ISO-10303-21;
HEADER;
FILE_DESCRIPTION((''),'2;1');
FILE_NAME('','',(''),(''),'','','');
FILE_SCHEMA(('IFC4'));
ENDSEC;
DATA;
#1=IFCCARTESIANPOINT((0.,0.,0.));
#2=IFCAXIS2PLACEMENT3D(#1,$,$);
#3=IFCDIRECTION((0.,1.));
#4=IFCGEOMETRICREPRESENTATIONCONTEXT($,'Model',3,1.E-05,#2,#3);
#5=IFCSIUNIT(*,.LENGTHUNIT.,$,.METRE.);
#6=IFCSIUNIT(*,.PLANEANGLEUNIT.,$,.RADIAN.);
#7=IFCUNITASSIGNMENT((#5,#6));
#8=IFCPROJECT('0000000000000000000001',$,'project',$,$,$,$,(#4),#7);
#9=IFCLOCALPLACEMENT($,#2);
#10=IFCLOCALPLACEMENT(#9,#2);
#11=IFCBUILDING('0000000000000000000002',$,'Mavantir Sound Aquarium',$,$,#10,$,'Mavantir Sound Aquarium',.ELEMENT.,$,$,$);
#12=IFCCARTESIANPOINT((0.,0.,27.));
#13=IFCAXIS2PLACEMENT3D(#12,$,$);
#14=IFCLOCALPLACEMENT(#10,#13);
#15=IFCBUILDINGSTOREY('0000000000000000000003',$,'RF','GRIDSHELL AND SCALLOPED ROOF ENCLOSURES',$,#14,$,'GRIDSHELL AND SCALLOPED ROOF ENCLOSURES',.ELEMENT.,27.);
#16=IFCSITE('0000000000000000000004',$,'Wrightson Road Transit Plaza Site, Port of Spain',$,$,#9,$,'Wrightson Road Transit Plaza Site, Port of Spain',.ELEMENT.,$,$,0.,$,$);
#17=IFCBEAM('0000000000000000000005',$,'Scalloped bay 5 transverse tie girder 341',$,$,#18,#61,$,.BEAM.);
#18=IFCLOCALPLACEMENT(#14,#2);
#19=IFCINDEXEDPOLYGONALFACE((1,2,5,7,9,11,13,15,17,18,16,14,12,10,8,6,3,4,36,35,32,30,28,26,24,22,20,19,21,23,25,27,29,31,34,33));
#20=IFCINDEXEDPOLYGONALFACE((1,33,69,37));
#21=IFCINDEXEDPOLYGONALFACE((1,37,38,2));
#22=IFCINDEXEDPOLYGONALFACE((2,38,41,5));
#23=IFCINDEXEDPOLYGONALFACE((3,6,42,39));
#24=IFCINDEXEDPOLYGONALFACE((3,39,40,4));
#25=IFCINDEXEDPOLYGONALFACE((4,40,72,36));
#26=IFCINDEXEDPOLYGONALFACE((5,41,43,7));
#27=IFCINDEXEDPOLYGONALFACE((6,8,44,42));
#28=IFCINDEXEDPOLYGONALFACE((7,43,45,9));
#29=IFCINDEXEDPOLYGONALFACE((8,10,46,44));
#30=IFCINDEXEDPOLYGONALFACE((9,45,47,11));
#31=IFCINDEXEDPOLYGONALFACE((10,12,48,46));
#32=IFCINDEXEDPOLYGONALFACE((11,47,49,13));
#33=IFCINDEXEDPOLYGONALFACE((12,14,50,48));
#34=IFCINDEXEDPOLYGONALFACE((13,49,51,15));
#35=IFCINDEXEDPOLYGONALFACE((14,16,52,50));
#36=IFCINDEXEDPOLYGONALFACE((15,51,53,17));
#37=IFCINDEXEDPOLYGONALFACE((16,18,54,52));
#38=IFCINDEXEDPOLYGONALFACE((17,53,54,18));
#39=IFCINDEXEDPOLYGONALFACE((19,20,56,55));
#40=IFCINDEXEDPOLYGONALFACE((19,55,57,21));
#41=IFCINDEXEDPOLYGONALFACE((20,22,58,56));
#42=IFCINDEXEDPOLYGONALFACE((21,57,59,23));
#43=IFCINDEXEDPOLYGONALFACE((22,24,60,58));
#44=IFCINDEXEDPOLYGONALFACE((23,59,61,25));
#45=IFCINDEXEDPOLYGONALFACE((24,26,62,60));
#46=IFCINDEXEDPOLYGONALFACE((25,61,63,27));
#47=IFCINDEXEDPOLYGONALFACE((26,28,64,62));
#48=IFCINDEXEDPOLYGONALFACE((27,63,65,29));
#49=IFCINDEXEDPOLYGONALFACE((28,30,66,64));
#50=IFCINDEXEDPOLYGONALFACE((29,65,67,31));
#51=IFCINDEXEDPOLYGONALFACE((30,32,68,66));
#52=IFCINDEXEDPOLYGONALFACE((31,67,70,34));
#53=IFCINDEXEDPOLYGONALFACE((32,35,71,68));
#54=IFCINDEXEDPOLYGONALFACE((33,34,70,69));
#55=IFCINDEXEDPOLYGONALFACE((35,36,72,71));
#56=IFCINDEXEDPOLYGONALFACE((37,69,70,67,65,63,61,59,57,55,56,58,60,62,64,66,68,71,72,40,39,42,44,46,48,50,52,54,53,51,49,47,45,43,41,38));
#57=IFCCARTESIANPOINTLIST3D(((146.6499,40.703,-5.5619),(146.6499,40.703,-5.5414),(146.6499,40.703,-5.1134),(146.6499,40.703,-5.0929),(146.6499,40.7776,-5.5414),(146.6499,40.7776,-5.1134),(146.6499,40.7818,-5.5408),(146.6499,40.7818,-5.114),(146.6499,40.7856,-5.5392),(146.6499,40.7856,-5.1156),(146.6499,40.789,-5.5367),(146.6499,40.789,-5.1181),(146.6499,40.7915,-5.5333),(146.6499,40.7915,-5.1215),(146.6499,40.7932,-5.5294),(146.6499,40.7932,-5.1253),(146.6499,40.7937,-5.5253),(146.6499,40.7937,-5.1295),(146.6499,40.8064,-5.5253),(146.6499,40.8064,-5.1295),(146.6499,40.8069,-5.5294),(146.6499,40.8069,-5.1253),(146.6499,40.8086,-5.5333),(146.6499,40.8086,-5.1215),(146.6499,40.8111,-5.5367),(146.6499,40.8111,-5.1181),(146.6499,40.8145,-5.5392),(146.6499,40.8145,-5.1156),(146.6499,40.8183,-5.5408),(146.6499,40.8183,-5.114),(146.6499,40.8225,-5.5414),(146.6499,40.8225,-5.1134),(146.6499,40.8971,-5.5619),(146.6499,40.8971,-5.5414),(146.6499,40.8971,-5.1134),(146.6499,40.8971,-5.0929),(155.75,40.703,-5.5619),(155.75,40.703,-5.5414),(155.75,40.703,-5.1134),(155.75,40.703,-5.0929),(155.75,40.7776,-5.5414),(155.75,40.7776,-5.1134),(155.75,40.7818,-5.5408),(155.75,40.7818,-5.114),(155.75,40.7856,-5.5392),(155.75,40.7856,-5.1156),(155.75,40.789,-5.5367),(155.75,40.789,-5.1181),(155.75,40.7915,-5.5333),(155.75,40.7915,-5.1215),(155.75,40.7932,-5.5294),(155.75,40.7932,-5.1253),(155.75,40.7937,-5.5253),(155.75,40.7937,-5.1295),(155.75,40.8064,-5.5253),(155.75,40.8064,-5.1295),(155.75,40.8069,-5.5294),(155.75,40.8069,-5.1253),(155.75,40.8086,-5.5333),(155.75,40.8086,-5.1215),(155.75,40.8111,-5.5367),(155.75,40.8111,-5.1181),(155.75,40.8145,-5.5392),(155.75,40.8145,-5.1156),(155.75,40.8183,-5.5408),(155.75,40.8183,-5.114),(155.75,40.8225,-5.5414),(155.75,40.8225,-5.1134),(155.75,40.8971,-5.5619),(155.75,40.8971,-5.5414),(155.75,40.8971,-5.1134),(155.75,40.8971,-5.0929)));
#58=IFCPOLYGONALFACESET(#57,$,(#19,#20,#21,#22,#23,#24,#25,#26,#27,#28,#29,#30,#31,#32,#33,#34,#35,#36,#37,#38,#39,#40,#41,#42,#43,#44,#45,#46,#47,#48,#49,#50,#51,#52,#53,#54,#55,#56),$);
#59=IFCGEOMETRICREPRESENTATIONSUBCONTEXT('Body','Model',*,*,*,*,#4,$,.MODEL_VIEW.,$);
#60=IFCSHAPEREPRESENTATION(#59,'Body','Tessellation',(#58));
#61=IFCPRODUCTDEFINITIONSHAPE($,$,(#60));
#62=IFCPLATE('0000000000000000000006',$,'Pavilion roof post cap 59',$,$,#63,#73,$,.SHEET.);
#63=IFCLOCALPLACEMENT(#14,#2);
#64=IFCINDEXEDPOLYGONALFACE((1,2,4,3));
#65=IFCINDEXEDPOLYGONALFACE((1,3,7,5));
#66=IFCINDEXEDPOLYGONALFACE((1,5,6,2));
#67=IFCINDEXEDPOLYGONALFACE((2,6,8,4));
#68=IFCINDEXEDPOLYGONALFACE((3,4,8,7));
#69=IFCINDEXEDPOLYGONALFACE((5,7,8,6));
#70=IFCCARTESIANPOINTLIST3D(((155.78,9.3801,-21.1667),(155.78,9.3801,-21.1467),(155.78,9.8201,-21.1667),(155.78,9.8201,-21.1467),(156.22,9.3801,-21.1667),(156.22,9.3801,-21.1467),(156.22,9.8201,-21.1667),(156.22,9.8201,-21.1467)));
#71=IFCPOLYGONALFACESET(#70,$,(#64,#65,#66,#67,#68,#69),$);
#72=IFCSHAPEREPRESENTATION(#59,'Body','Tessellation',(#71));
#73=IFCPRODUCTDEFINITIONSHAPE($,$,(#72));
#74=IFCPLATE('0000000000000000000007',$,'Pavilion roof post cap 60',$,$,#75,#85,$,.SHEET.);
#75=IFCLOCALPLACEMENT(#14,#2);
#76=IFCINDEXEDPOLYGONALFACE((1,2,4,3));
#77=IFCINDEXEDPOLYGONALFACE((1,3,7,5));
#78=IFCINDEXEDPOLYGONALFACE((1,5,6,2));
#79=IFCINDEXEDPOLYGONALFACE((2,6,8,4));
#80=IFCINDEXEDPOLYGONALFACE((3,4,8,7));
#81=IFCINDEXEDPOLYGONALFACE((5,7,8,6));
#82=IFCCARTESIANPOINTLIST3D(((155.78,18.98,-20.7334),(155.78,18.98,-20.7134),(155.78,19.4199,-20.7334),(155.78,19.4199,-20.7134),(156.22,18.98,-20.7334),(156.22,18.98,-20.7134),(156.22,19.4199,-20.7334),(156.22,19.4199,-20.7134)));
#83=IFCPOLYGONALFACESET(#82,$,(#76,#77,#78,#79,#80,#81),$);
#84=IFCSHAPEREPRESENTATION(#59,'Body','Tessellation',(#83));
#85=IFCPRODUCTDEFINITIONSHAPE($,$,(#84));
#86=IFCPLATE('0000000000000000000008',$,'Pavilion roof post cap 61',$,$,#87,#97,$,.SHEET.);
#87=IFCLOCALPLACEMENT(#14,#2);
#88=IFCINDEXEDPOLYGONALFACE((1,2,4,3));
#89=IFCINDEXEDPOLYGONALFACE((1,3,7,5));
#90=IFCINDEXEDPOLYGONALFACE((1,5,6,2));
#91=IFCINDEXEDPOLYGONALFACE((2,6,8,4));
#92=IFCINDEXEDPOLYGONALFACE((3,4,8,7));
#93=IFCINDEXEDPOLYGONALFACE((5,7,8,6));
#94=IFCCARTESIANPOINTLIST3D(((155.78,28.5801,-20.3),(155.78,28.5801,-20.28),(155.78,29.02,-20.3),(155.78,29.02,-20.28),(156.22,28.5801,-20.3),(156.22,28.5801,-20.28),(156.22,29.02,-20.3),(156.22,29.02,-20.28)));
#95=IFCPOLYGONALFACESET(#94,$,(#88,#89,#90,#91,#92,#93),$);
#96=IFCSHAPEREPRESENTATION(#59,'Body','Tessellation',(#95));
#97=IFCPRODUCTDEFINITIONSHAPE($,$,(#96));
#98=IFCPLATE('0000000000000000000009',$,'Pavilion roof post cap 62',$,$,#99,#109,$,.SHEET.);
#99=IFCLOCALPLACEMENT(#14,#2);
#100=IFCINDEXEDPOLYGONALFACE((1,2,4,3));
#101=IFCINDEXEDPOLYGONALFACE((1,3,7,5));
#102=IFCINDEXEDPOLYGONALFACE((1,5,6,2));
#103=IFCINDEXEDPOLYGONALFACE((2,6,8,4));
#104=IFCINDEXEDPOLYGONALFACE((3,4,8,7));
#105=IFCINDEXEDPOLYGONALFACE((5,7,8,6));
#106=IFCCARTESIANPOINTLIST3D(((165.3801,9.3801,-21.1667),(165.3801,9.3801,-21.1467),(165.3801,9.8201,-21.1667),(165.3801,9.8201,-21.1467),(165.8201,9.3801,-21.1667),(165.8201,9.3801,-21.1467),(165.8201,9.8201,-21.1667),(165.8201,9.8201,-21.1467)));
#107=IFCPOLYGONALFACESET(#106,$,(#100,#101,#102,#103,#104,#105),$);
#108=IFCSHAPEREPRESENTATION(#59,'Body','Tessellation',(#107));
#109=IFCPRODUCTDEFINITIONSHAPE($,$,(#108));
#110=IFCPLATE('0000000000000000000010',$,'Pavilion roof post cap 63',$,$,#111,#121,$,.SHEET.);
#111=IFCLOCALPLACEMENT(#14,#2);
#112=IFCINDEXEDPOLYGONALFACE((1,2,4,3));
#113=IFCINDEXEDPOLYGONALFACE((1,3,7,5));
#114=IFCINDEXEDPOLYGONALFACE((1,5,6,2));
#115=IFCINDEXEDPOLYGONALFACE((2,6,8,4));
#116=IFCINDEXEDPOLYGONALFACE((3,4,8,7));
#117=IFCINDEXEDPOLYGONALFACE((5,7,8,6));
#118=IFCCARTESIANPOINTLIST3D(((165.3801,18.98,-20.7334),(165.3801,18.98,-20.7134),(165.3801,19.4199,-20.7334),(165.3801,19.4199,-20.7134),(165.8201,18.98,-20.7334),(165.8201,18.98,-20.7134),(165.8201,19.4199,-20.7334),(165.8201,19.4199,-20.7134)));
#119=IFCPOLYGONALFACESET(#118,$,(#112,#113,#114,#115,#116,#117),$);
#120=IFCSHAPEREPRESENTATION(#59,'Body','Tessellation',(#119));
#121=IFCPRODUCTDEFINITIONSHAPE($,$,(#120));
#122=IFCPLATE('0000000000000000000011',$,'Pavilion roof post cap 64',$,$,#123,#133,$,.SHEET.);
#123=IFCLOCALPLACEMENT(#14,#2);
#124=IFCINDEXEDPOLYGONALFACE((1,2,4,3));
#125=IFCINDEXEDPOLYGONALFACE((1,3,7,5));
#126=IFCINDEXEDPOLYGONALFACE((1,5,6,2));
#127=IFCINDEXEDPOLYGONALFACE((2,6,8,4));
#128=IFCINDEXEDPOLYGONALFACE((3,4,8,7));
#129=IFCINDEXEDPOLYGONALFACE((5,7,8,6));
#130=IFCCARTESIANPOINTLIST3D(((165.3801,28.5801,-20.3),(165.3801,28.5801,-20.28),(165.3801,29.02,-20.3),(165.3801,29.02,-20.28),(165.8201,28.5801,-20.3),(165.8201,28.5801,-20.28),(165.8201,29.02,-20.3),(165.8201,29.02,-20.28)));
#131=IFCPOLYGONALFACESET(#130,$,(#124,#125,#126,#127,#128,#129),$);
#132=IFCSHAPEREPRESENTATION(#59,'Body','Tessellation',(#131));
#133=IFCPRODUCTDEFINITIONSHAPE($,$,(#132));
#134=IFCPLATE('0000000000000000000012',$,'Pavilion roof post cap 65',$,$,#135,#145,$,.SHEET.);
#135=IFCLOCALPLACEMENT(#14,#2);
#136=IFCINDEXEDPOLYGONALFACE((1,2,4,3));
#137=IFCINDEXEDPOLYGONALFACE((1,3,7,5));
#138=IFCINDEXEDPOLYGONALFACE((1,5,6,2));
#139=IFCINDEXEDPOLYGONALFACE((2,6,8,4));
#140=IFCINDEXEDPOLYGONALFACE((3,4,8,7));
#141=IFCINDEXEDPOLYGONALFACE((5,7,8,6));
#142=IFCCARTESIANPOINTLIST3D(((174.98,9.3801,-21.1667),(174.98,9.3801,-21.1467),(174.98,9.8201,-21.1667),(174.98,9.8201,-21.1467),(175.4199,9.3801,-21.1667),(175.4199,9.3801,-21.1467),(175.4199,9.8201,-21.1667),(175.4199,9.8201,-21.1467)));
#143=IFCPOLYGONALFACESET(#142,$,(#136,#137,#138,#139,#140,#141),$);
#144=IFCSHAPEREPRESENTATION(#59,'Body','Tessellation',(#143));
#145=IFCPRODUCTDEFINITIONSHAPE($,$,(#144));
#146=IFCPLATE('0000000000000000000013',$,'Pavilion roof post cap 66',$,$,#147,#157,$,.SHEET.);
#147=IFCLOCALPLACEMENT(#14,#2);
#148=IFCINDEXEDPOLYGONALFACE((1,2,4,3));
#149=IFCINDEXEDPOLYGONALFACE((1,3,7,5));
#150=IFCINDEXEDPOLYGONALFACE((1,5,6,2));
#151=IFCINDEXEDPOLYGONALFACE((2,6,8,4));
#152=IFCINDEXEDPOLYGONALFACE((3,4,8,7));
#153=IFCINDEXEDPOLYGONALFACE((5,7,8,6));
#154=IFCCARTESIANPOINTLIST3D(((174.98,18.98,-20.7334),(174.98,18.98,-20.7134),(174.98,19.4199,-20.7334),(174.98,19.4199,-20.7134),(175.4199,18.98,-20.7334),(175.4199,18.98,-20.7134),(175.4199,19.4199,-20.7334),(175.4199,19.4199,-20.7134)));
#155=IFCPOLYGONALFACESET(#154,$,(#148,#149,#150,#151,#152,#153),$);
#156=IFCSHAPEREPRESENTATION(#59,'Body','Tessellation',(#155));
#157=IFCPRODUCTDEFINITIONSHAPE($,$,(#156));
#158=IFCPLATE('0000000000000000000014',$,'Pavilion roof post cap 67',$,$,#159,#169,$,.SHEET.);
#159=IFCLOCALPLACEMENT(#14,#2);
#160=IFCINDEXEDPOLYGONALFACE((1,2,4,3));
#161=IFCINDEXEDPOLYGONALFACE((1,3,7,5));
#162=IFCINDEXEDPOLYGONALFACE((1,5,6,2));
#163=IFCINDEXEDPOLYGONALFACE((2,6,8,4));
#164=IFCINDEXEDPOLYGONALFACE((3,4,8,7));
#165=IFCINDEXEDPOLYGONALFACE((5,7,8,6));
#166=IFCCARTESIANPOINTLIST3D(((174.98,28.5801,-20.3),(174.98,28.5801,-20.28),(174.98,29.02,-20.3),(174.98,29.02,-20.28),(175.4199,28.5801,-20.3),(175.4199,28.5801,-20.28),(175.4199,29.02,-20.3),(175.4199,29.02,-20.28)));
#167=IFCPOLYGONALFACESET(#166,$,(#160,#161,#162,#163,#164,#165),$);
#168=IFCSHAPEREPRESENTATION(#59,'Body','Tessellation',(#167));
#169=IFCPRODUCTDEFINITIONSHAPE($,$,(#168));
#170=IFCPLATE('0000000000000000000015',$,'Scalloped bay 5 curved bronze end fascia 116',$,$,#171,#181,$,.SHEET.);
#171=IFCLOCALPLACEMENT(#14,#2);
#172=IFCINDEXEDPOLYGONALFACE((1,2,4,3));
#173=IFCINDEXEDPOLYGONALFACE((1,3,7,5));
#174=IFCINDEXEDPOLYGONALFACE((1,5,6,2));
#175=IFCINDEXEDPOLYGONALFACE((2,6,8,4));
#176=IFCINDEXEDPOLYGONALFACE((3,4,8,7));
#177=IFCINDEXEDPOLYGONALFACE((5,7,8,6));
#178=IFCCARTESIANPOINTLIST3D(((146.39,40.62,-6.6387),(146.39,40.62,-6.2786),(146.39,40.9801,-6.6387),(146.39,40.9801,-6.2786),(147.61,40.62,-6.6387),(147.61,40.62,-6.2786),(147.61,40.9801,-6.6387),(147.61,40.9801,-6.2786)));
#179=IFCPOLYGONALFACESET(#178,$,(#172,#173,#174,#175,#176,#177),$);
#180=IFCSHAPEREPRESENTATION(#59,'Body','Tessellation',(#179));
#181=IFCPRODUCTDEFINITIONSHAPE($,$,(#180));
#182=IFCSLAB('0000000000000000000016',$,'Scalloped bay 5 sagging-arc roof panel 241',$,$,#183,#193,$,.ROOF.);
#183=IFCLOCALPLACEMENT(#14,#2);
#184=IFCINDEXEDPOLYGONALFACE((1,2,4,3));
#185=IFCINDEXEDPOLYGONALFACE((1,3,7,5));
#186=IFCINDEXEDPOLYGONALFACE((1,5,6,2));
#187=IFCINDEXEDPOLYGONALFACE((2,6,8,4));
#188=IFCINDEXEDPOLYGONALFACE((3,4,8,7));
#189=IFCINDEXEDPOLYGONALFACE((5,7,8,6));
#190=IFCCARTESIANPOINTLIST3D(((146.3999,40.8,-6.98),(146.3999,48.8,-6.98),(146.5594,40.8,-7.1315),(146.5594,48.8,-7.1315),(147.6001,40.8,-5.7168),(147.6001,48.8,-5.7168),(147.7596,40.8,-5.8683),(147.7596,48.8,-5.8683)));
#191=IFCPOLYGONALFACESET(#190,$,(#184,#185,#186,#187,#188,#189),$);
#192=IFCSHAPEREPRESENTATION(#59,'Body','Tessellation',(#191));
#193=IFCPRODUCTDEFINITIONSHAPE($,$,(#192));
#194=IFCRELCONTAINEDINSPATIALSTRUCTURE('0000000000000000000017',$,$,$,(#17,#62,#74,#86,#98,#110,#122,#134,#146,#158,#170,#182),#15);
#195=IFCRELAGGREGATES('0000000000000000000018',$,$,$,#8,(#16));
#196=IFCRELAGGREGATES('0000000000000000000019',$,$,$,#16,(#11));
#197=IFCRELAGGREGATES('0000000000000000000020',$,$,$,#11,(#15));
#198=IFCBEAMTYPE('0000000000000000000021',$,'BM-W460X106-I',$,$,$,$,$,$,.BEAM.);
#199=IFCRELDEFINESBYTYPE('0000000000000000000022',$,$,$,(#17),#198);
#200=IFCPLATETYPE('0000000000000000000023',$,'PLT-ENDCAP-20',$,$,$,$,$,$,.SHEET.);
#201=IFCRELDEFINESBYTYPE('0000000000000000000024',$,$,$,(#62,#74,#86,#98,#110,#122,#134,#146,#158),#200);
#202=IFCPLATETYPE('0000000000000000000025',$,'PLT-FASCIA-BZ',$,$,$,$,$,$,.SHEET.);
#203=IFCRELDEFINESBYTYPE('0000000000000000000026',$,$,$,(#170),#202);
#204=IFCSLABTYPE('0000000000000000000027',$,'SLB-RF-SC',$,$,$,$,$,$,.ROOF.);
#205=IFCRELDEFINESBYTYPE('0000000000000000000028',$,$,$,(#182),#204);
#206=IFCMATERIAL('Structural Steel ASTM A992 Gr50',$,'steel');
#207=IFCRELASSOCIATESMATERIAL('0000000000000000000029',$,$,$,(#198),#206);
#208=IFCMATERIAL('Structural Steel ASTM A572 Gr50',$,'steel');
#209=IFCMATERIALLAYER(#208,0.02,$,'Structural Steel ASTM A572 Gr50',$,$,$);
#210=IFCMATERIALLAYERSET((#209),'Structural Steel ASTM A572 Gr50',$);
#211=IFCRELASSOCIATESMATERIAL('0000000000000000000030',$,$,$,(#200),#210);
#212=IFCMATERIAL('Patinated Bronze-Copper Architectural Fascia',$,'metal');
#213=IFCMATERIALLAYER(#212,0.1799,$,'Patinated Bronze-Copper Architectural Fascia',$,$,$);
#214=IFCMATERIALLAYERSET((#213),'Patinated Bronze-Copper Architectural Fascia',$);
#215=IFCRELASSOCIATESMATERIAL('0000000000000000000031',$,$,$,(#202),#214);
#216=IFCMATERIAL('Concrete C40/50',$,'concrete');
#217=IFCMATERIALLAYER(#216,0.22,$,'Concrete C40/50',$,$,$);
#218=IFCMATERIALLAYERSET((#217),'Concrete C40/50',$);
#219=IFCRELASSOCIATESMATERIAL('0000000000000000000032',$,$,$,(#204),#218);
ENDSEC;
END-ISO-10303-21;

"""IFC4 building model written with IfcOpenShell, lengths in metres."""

from ifc_helpers import new_model, si_unit, direction, frame, origin, origin_2d, place, context, subcontext, project, spatial, polyline, rectangle, i_section, outline, extrude, material, layer, layer_set, material_profile, profile_set, type_object, element, save


model = new_model("IFC4")

# Units and contexts
model_context = context("Model", 3, precision=1e-05, world=origin(), true_north=direction((0.0, 1.0)))
body_context = subcontext(model_context, "Body", "Model", "MODEL_VIEW")
ifc_project = project(units=[si_unit("LENGTHUNIT", "METRE"), si_unit("PLANEANGLEUNIT", "RADIAN")], contexts=[model_context])

# Site, building, storey
site_placement = place(None, origin())
site = spatial("IfcSite", under=ifc_project, at=site_placement, Name="Wrightson Road Transit Plaza Site, Port of Spain", LongName="Wrightson Road Transit Plaza Site, Port of Spain", CompositionType="ELEMENT", RefElevation=0.0)
building_placement = place(site_placement, origin())
building = spatial("IfcBuilding", under=site, at=building_placement, Name="Mavantir Sound Aquarium", LongName="Mavantir Sound Aquarium", CompositionType="ELEMENT")
storey_placement = place(building_placement, frame((0.0, 0.0, 27.0)))
storey = spatial("IfcBuildingStorey", under=building, at=storey_placement, Name="RF", Description="GRIDSHELL AND SCALLOPED ROOF ENCLOSURES", LongName="GRIDSHELL AND SCALLOPED ROOF ENCLOSURES", CompositionType="ELEMENT", Elevation=27.0)

# Shared definitions
ifc_material_1 = material(Name="Concrete C40/50", Category="concrete")

# Beam
ifc_material_2 = material(Name="Structural Steel ASTM A992 Gr50", Category="steel")
ifc_material_profile_1 = material_profile(ifc_material_2, i_section(OverallWidth=0.1941, OverallDepth=0.469, WebThickness=0.0127, FlangeThickness=0.0205, FilletRadius=0.0161, at=origin_2d()), Name="W460X106")
ifc_profile_set_1 = profile_set([ifc_material_profile_1], Name="Structural Steel ASTM A992 Gr50")
beam_type_1 = type_object("IfcBeamType", Name="BM-W460X106-I", PredefinedType="BEAM", material=ifc_profile_set_1)
beam_1_placement = place(storey_placement, frame((146.6499, 40.8, -5.3274), z_axis=(1.0, 0.0, 0.0), x_axis=(0.0, 1.0, 0.0)))
element("IfcBeam", 1, at=beam_1_placement, inside=storey, type_object=beam_type_1, Name="Scalloped bay 5 transverse tie girder 341", PredefinedType="BEAM", context=body_context, shape_type="SweptSolid", body=[
    extrude(i_section(OverallWidth=0.1941, OverallDepth=0.469, WebThickness=0.0127, FlangeThickness=0.0205, FilletRadius=0.0161, at=origin_2d()), origin(), (0.0, 0.0, 1.0), 9.1001),
])

# Plates
ifc_material_3 = material(Name="Structural Steel ASTM A572 Gr50", Category="steel")
ifc_layer_1 = layer(ifc_material_3, 0.02, Name="Structural Steel ASTM A572 Gr50")
ifc_layer_set_1 = layer_set([ifc_layer_1], Name="Structural Steel ASTM A572 Gr50")
plate_type_1 = type_object("IfcPlateType", Name="PLT-ENDCAP-20", PredefinedType="SHEET", material=ifc_layer_set_1)
for number, where, z_axis, x_axis, name in (
    (2, (156.0, 9.6001, -21.1667), (0.0, 0.0, 1.0), (1.0, 0.0, 0.0), "Pavilion roof post cap 59"),
    (3, (156.0, 19.2, -20.7334), (0.0, 0.0, 1.0), (1.0, 0.0, 0.0), "Pavilion roof post cap 60"),
    (4, (156.0, 28.8, -20.3), (0.0, 0.0, 1.0), (1.0, 0.0, 0.0), "Pavilion roof post cap 61"),
    (5, (165.6001, 9.6001, -21.1667), (0.0, 0.0, 1.0), (1.0, 0.0, 0.0), "Pavilion roof post cap 62"),
    (6, (165.6001, 19.2, -20.7334), (0.0, 0.0, 1.0), (1.0, 0.0, 0.0), "Pavilion roof post cap 63"),
    (7, (165.6001, 28.8, -20.3), (0.0, 0.0, 1.0), (1.0, 0.0, 0.0), "Pavilion roof post cap 64"),
    (8, (175.2, 9.6001, -21.1667), (0.0, 0.0, 1.0), (1.0, 0.0, 0.0), "Pavilion roof post cap 65"),
    (9, (175.2, 19.2, -20.7334), (0.0, 0.0, 1.0), (1.0, 0.0, 0.0), "Pavilion roof post cap 66"),
    (10, (175.2, 28.8, -20.3), (0.0, 0.0, 1.0), (1.0, 0.0, 0.0), "Pavilion roof post cap 67"),
):
    element("IfcPlate", number, at=place(storey_placement, frame(where, z_axis=z_axis, x_axis=x_axis)), inside=storey, type_object=plate_type_1, Name=name, PredefinedType="SHEET", context=body_context, shape_type="SweptSolid", body=[
        extrude(rectangle(XDim=0.4399, YDim=0.4399, at=origin_2d()), origin(), (0.0, 0.0, 1.0), 0.02),
    ])
ifc_material_4 = material(Name="Patinated Bronze-Copper Architectural Fascia", Category="metal")
ifc_layer_2 = layer(ifc_material_4, 0.1799, Name="Patinated Bronze-Copper Architectural Fascia")
ifc_layer_set_2 = layer_set([ifc_layer_2], Name="Patinated Bronze-Copper Architectural Fascia")
plate_type_2 = type_object("IfcPlateType", Name="PLT-FASCIA-BZ", PredefinedType="SHEET", material=ifc_layer_set_2)
plate_placement = place(storey_placement, frame((147.0, 40.8, -6.6387), z_axis=(0.0, 0.0, 1.0), x_axis=(1.0, 0.0, 0.0)))
element("IfcPlate", 11, at=plate_placement, inside=storey, type_object=plate_type_2, Name="Scalloped bay 5 curved bronze end fascia 116", PredefinedType="SHEET", context=body_context, shape_type="SweptSolid", body=[
    extrude(rectangle(XDim=1.22, YDim=0.3601, at=origin_2d()), origin(), (0.0, 0.0, 1.0), 0.3601),
])

# Slab
ifc_layer_3 = layer(ifc_material_1, 0.22, Name="Concrete C40/50")
ifc_layer_set_3 = layer_set([ifc_layer_3], Name="Concrete C40/50")
slab_type = type_object("IfcSlabType", Name="SLB-RF-SC", PredefinedType="ROOF", material=ifc_layer_set_3)
slab_placement = place(storey_placement, frame((146.3999, 40.8, -6.98), z_axis=(-0.72495, 0.0, 0.688801), x_axis=(0.688801, 0.0, 0.72495)))
element("IfcSlab", 12, at=slab_placement, inside=storey, type_object=slab_type, Name="Scalloped bay 5 sagging-arc roof panel 241", PredefinedType="ROOF", context=body_context, shape_type="SweptSolid", body=[
    extrude(outline(polyline([(0.0, 0.0), (1.7424, 0.0), (1.7424, 8.0), (0.0, 8.0), (0.0, 0.0)])), origin(), (0.0, 0.0, -1.0), 0.22),
])

save(model, "model.ifc")
